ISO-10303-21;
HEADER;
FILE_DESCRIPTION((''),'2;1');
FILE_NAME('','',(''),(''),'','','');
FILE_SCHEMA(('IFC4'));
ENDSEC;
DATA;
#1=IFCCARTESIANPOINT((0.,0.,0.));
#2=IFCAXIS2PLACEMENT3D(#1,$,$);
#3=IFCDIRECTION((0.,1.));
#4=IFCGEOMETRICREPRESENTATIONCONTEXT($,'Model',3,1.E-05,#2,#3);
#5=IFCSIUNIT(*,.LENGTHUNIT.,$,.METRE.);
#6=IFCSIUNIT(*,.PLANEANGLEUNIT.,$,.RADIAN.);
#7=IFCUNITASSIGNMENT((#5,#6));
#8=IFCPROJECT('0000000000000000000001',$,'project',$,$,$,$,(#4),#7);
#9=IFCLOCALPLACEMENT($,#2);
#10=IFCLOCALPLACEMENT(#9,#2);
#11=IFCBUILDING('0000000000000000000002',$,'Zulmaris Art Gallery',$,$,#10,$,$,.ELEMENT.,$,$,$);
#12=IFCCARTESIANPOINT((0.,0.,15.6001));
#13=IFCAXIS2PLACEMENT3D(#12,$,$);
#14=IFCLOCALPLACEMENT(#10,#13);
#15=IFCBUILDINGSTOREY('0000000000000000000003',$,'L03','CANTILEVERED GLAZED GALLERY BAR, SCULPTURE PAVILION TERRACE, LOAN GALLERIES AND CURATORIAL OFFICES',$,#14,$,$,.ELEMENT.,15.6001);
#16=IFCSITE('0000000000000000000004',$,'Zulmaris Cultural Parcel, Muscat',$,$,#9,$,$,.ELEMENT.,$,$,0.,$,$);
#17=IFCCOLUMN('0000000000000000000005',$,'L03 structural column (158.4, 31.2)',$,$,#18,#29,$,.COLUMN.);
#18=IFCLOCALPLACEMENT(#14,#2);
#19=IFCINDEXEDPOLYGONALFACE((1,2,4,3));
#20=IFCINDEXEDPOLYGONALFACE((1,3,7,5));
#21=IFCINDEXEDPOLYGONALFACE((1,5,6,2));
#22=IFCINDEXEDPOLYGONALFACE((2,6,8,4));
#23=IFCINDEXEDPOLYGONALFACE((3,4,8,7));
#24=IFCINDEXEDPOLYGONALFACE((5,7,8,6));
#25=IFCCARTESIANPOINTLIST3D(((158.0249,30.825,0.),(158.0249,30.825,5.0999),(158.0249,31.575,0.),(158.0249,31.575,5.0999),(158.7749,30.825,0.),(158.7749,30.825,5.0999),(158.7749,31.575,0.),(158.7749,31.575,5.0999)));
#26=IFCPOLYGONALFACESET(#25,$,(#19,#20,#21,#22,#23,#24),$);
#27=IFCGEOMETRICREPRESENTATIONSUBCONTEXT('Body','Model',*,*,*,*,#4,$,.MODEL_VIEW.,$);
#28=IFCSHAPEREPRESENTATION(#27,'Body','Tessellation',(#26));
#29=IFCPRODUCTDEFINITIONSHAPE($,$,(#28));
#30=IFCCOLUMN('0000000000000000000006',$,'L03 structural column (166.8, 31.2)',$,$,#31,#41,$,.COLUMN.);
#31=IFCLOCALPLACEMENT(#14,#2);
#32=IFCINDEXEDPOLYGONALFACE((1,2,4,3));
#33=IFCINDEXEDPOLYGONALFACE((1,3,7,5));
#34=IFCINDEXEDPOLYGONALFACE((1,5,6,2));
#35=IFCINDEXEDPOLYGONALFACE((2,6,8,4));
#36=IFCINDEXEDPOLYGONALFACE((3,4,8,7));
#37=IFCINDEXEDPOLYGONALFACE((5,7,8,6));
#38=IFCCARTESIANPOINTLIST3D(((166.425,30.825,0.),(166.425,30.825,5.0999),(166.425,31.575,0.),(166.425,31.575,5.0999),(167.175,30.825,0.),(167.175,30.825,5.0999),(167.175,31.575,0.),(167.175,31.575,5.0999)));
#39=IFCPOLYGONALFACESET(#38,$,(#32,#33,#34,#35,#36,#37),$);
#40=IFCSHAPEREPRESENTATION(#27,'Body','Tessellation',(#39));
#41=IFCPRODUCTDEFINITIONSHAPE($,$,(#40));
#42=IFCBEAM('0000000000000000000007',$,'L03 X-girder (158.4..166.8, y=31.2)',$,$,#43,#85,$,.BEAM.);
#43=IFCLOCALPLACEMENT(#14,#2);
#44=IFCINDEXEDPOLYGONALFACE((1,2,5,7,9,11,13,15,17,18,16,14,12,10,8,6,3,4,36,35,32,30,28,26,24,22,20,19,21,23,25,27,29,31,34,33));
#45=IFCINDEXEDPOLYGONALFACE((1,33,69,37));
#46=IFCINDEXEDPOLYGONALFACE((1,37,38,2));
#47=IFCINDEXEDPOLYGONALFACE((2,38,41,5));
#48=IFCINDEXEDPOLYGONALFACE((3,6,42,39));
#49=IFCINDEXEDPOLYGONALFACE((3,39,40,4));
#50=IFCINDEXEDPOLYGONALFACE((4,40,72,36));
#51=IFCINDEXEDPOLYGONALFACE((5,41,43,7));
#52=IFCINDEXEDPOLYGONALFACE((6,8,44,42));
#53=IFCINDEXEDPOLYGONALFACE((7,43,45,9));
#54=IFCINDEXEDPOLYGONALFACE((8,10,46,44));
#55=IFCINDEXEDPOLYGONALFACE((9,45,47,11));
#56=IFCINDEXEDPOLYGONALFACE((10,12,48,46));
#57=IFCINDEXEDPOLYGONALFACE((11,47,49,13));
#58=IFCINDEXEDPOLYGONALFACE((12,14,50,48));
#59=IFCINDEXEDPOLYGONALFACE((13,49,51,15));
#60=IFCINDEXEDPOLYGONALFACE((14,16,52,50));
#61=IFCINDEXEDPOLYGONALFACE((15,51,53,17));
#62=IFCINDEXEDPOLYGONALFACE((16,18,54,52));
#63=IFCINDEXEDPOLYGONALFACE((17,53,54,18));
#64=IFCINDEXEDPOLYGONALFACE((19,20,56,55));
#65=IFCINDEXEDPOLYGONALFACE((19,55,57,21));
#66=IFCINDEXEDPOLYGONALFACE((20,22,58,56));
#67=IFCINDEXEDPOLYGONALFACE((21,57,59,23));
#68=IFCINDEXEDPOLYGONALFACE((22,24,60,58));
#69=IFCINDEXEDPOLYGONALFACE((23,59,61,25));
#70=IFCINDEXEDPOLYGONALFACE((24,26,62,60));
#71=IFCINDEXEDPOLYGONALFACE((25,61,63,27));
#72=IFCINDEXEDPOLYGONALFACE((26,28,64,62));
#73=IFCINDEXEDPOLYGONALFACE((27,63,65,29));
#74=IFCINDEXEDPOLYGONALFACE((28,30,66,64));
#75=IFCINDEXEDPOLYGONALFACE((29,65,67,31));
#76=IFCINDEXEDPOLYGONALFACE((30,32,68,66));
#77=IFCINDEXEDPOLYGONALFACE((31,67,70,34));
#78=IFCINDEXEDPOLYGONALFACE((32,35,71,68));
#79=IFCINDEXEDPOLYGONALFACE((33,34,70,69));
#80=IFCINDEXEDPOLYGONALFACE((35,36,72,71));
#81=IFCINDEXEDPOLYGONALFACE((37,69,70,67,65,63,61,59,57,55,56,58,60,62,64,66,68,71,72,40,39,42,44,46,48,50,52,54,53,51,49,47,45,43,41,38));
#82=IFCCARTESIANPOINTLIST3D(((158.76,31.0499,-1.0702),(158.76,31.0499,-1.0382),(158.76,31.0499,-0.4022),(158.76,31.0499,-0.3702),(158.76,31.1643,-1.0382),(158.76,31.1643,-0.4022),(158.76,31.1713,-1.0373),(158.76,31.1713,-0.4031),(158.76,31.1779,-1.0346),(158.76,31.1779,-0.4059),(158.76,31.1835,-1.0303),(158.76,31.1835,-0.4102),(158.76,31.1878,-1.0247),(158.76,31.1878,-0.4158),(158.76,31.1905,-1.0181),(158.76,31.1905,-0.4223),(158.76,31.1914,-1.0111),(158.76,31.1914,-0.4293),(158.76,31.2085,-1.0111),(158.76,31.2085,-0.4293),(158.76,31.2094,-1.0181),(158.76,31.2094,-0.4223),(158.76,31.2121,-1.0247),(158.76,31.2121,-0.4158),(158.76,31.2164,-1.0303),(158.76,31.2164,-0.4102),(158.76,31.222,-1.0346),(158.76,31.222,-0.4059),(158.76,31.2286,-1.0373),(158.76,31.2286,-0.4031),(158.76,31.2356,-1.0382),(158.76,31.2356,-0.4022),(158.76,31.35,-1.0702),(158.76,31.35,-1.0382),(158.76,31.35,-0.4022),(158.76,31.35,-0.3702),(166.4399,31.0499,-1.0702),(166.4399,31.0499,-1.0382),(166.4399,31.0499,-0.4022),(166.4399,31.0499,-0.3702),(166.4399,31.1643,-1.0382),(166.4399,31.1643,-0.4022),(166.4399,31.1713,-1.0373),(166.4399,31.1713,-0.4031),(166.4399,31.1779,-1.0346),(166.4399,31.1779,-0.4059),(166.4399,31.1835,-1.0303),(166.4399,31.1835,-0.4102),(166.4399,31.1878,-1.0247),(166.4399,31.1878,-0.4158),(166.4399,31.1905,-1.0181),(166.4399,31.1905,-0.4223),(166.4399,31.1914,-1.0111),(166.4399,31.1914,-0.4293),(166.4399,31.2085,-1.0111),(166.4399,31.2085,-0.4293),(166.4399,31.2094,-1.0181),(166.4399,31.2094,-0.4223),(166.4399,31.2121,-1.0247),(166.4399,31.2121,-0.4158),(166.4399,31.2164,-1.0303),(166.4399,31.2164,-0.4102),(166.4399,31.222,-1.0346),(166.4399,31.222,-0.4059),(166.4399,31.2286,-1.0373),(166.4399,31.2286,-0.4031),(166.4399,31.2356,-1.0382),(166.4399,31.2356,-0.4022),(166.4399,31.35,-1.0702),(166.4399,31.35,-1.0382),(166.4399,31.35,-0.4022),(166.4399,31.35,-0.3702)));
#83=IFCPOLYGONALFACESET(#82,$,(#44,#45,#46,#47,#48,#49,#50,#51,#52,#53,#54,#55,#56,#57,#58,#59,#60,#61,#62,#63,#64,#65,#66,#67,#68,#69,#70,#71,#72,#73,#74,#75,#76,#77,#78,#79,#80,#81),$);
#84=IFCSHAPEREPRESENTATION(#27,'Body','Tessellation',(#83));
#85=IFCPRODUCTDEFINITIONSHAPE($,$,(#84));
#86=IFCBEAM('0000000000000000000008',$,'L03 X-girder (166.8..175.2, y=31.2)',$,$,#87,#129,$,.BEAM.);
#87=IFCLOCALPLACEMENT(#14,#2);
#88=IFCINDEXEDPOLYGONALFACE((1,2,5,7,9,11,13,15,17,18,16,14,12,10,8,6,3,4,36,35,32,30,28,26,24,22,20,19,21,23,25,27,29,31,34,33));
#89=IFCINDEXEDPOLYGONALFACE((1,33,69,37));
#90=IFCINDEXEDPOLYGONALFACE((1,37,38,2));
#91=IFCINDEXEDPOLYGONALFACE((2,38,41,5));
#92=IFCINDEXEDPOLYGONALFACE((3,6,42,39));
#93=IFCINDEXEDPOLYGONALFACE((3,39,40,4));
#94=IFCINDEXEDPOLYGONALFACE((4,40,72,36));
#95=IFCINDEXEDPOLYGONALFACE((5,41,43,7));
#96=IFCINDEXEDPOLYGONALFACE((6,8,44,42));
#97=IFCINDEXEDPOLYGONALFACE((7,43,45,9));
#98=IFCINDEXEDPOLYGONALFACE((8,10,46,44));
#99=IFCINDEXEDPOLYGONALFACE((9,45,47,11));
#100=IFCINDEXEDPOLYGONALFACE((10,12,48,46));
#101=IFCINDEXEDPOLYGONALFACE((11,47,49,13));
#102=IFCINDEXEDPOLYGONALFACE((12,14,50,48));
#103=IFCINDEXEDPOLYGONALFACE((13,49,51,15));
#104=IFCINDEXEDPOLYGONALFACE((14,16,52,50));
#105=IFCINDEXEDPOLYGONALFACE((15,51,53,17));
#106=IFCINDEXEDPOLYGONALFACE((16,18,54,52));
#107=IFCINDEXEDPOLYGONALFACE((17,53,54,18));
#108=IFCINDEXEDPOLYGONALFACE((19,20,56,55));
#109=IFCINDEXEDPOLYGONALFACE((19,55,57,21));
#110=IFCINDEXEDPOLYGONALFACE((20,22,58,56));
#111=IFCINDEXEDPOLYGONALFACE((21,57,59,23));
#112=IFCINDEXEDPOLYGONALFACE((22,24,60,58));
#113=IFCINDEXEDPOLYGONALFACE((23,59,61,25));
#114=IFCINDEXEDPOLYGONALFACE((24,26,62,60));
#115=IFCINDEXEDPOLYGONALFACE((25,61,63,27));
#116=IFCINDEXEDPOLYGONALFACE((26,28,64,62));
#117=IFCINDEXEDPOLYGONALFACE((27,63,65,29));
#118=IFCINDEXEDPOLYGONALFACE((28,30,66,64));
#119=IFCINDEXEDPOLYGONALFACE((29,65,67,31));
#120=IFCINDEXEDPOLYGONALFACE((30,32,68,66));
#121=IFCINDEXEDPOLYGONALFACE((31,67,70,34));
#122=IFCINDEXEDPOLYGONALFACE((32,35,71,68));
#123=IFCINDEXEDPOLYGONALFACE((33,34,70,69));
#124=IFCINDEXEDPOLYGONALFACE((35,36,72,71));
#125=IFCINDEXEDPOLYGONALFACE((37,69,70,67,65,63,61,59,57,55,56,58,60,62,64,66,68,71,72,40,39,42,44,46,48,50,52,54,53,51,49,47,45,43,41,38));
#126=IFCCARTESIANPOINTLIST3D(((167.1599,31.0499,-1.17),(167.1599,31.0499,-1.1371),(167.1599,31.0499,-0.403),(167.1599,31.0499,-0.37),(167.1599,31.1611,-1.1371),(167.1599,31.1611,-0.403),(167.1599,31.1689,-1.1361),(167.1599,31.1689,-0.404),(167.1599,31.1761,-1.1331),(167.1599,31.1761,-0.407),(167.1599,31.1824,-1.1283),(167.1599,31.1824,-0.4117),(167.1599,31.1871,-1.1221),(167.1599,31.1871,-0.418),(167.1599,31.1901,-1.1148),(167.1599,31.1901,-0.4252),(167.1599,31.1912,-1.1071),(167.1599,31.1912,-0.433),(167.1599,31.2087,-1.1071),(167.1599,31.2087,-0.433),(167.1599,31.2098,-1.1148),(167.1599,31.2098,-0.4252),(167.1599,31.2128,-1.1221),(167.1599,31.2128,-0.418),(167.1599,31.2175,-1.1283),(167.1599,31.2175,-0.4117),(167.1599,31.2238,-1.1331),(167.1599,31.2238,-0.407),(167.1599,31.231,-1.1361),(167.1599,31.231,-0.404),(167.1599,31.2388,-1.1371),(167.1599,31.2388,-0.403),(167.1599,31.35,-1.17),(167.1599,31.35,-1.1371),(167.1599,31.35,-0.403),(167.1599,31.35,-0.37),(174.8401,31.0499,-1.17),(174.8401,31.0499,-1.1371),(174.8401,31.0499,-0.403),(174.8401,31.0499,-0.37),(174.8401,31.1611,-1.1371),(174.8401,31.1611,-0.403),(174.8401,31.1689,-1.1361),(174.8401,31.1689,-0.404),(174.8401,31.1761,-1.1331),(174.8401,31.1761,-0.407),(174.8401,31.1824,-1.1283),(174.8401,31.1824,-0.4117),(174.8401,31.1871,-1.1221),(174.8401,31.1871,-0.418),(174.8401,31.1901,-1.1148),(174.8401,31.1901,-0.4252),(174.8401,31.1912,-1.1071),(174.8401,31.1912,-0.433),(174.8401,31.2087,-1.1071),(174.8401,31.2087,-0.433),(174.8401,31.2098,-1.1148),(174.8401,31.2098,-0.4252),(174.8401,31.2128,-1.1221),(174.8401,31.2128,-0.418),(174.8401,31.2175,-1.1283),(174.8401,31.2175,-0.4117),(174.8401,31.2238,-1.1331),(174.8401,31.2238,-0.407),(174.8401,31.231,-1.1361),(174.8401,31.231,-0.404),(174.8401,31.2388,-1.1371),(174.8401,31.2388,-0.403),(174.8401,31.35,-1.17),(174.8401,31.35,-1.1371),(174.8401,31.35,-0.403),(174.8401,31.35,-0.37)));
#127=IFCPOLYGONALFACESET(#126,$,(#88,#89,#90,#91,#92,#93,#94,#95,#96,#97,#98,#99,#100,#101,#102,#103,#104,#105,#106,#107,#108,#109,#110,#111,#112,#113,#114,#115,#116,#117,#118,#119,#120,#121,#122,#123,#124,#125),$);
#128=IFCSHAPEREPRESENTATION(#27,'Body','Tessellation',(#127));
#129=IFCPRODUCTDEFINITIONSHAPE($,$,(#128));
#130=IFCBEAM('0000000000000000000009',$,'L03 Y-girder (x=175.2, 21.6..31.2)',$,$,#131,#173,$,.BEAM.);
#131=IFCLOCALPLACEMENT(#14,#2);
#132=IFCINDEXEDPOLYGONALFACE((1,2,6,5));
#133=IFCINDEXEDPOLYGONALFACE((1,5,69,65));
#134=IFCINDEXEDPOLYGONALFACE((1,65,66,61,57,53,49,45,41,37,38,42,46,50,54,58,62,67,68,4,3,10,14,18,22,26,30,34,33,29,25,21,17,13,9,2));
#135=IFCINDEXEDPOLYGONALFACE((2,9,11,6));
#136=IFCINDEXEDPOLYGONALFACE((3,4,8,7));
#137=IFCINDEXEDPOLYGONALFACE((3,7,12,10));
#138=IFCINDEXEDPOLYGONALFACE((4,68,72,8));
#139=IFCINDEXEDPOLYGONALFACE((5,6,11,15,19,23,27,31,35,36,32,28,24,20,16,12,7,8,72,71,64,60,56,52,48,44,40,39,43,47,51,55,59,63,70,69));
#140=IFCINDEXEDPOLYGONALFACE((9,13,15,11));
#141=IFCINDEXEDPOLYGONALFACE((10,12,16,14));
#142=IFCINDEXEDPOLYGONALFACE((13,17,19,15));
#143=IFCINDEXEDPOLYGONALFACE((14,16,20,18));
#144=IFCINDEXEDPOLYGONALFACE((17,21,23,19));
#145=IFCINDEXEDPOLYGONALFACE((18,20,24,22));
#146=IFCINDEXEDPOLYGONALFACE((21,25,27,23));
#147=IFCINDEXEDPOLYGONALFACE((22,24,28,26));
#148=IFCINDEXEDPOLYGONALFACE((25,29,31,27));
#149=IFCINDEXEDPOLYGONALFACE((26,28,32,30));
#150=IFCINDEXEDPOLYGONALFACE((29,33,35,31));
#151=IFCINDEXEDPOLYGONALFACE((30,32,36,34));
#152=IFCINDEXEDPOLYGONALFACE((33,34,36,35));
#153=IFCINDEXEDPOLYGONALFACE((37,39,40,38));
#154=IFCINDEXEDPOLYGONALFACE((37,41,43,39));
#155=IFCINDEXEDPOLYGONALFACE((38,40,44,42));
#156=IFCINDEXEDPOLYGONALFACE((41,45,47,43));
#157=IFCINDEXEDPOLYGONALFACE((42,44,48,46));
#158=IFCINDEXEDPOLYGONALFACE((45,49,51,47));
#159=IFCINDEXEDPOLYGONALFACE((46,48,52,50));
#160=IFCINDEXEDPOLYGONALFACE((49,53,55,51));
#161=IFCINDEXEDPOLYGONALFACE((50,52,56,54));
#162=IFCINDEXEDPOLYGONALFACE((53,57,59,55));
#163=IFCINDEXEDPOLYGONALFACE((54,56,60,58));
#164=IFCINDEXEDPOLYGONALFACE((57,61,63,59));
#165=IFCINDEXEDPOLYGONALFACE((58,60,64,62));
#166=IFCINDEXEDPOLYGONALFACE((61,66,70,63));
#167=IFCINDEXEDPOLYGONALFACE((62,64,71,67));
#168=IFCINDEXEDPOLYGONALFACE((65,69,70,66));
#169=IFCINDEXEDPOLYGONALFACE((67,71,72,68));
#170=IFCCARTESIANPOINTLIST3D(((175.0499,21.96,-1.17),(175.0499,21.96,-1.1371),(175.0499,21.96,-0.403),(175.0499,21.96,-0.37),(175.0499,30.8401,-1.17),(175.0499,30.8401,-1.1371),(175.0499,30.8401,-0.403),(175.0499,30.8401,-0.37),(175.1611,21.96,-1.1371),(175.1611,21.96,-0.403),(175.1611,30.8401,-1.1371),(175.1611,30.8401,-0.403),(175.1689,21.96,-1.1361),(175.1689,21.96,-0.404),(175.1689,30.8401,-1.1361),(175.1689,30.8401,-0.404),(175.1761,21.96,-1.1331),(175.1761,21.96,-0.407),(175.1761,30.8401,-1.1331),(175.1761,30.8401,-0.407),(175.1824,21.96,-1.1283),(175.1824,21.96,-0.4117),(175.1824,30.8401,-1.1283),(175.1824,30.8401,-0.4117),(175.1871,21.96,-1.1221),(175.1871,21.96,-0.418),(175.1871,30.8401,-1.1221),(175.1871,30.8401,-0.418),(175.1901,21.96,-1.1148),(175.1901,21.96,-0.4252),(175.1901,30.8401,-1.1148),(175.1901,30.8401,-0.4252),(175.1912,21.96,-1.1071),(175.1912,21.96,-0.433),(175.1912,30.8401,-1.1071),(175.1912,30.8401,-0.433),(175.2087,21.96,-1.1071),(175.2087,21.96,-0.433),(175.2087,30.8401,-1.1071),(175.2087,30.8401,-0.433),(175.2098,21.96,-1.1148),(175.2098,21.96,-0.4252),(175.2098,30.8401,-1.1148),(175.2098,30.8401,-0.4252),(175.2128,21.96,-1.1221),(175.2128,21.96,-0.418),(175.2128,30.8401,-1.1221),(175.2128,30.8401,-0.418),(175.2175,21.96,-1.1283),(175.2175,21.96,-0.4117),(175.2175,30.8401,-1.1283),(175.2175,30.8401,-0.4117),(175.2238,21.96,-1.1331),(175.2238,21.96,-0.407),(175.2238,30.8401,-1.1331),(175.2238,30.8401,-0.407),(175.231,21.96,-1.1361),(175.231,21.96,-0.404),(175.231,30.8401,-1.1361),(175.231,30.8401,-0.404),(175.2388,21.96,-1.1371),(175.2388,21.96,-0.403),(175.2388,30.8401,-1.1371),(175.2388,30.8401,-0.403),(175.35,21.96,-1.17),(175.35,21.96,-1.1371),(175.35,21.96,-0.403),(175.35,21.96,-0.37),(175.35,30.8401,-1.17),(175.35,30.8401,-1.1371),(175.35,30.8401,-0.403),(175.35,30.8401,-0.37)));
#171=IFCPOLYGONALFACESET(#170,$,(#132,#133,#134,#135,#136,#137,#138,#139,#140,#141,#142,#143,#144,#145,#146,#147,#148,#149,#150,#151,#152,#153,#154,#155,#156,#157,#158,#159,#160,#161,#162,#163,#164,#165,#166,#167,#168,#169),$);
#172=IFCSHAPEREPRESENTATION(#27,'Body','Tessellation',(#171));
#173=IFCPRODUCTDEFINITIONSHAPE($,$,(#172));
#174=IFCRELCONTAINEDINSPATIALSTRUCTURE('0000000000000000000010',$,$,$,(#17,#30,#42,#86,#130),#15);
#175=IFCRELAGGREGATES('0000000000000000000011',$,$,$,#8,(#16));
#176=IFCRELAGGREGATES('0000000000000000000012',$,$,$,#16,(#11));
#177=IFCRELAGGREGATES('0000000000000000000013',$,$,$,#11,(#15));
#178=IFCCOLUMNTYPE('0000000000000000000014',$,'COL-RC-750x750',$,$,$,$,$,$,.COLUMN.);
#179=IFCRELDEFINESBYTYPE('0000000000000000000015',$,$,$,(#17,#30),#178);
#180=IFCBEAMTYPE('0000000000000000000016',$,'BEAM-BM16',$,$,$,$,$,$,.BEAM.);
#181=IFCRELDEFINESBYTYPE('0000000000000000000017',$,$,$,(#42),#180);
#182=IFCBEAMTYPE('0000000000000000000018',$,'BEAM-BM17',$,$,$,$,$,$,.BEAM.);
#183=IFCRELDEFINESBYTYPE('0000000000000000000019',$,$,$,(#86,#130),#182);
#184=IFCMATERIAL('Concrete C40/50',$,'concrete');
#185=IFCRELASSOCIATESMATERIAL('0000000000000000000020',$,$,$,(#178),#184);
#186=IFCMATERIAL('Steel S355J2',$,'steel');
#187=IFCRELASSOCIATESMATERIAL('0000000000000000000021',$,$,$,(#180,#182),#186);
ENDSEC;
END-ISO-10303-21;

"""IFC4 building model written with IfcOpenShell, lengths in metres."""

from ifc_helpers import new_model, si_unit, direction, frame, origin, origin_2d, place, context, subcontext, project, spatial, rectangle, i_section, extrude, material, material_profile, profile_set, type_object, element, save


model = new_model("IFC4")

# Units and contexts
model_context = context("Model", 3, precision=1e-05, world=origin(), true_north=direction((0.0, 1.0)))
body_context = subcontext(model_context, "Body", "Model", "MODEL_VIEW")
ifc_project = project(units=[si_unit("LENGTHUNIT", "METRE"), si_unit("PLANEANGLEUNIT", "RADIAN")], contexts=[model_context])

# Site, building, storey
site_placement = place(None, origin())
site = spatial("IfcSite", under=ifc_project, at=site_placement, Name="Zulmaris Cultural Parcel, Muscat", CompositionType="ELEMENT", RefElevation=0.0)
building_placement = place(site_placement, origin())
building = spatial("IfcBuilding", under=site, at=building_placement, Name="Zulmaris Art Gallery", CompositionType="ELEMENT")
storey_placement = place(building_placement, frame((0.0, 0.0, 15.6001)))
storey = spatial("IfcBuildingStorey", under=building, at=storey_placement, Name="L03", Description="CANTILEVERED GLAZED GALLERY BAR, SCULPTURE PAVILION TERRACE, LOAN GALLERIES AND CURATORIAL OFFICES", CompositionType="ELEMENT", Elevation=15.6001)

# Columns
ifc_material_1 = material(Name="Concrete C40/50", Category="concrete")
ifc_material_profile_1 = material_profile(ifc_material_1, rectangle(XDim=0.75, YDim=0.75, at=origin_2d()), Name="RC 750x750")
ifc_profile_set_1 = profile_set([ifc_material_profile_1], Name="Concrete C40/50")
column_type = type_object("IfcColumnType", Name="COL-RC-750x750", PredefinedType="COLUMN", material=ifc_profile_set_1)
for number, where, z_axis, x_axis, name in (
    (1, (158.3999, 31.2, 0.0), (0.0, 0.0, 1.0), (1.0, 0.0, 0.0), "L03 structural column (158.4, 31.2)"),
    (2, (166.8, 31.2, 0.0), (0.0, 0.0, 1.0), (1.0, 0.0, 0.0), "L03 structural column (166.8, 31.2)"),
):
    element("IfcColumn", number, at=place(storey_placement, frame(where, z_axis=z_axis, x_axis=x_axis)), inside=storey, type_object=column_type, Name=name, PredefinedType="COLUMN", context=body_context, shape_type="SweptSolid", body=[
        extrude(rectangle(XDim=0.75, YDim=0.75, at=origin_2d()), origin(), (0.0, 0.0, 1.0), 5.0999),
    ])

# Beams
ifc_material_2 = material(Name="Steel S355J2", Category="steel")
ifc_material_profile_2 = material_profile(ifc_material_2, i_section(OverallWidth=0.3, OverallDepth=0.7, WebThickness=0.0171, FlangeThickness=0.032, FilletRadius=0.0271, at=origin_2d()), Name="HEB 700")
ifc_profile_set_2 = profile_set([ifc_material_profile_2], Name="Steel S355J2")
beam_type_1 = type_object("IfcBeamType", Name="BEAM-BM16", PredefinedType="BEAM", material=ifc_profile_set_2)
beam_1_placement = place(storey_placement, frame((158.76, 31.2, -0.7202), z_axis=(1.0, 0.0, 0.0), x_axis=(0.0, 1.0, 0.0)))
element("IfcBeam", 3, at=beam_1_placement, inside=storey, type_object=beam_type_1, Name="L03 X-girder (158.4..166.8, y=31.2)", PredefinedType="BEAM", context=body_context, shape_type="SweptSolid", body=[
    extrude(i_section(OverallWidth=0.3, OverallDepth=0.7, WebThickness=0.0171, FlangeThickness=0.032, FilletRadius=0.0271, at=origin_2d()), origin(), (0.0, 0.0, 1.0), 7.6799),
])
ifc_material_profile_3 = material_profile(ifc_material_2, i_section(OverallWidth=0.3, OverallDepth=0.8, WebThickness=0.0176, FlangeThickness=0.033, FilletRadius=0.03, at=origin_2d()), Name="HEB 800")
ifc_profile_set_3 = profile_set([ifc_material_profile_3], Name="Steel S355J2")
beam_type_2 = type_object("IfcBeamType", Name="BEAM-BM17", PredefinedType="BEAM", material=ifc_profile_set_3)
beam_2_placement = place(storey_placement, frame((167.1599, 31.2, -0.77), z_axis=(1.0, 0.0, 0.0), x_axis=(0.0, 1.0, 0.0)))
element("IfcBeam", 4, at=beam_2_placement, inside=storey, type_object=beam_type_2, Name="L03 X-girder (166.8..175.2, y=31.2)", PredefinedType="BEAM", context=body_context, shape_type="SweptSolid", body=[
    extrude(i_section(OverallWidth=0.3, OverallDepth=0.8, WebThickness=0.0176, FlangeThickness=0.033, FilletRadius=0.03, at=origin_2d()), origin(), (0.0, 0.0, 1.0), 7.6802),
])
beam_3_placement = place(storey_placement, frame((175.2, 21.96, -0.77), z_axis=(0.0, 1.0, 0.0), x_axis=(-1.0, 0.0, 0.0)))
element("IfcBeam", 5, at=beam_3_placement, inside=storey, type_object=beam_type_2, Name="L03 Y-girder (x=175.2, 21.6..31.2)", PredefinedType="BEAM", context=body_context, shape_type="SweptSolid", body=[
    extrude(i_section(OverallWidth=0.3, OverallDepth=0.8, WebThickness=0.0176, FlangeThickness=0.033, FilletRadius=0.03, at=origin_2d()), origin(), (0.0, 0.0, 1.0), 8.8801),
])

save(model, "model.ifc")
